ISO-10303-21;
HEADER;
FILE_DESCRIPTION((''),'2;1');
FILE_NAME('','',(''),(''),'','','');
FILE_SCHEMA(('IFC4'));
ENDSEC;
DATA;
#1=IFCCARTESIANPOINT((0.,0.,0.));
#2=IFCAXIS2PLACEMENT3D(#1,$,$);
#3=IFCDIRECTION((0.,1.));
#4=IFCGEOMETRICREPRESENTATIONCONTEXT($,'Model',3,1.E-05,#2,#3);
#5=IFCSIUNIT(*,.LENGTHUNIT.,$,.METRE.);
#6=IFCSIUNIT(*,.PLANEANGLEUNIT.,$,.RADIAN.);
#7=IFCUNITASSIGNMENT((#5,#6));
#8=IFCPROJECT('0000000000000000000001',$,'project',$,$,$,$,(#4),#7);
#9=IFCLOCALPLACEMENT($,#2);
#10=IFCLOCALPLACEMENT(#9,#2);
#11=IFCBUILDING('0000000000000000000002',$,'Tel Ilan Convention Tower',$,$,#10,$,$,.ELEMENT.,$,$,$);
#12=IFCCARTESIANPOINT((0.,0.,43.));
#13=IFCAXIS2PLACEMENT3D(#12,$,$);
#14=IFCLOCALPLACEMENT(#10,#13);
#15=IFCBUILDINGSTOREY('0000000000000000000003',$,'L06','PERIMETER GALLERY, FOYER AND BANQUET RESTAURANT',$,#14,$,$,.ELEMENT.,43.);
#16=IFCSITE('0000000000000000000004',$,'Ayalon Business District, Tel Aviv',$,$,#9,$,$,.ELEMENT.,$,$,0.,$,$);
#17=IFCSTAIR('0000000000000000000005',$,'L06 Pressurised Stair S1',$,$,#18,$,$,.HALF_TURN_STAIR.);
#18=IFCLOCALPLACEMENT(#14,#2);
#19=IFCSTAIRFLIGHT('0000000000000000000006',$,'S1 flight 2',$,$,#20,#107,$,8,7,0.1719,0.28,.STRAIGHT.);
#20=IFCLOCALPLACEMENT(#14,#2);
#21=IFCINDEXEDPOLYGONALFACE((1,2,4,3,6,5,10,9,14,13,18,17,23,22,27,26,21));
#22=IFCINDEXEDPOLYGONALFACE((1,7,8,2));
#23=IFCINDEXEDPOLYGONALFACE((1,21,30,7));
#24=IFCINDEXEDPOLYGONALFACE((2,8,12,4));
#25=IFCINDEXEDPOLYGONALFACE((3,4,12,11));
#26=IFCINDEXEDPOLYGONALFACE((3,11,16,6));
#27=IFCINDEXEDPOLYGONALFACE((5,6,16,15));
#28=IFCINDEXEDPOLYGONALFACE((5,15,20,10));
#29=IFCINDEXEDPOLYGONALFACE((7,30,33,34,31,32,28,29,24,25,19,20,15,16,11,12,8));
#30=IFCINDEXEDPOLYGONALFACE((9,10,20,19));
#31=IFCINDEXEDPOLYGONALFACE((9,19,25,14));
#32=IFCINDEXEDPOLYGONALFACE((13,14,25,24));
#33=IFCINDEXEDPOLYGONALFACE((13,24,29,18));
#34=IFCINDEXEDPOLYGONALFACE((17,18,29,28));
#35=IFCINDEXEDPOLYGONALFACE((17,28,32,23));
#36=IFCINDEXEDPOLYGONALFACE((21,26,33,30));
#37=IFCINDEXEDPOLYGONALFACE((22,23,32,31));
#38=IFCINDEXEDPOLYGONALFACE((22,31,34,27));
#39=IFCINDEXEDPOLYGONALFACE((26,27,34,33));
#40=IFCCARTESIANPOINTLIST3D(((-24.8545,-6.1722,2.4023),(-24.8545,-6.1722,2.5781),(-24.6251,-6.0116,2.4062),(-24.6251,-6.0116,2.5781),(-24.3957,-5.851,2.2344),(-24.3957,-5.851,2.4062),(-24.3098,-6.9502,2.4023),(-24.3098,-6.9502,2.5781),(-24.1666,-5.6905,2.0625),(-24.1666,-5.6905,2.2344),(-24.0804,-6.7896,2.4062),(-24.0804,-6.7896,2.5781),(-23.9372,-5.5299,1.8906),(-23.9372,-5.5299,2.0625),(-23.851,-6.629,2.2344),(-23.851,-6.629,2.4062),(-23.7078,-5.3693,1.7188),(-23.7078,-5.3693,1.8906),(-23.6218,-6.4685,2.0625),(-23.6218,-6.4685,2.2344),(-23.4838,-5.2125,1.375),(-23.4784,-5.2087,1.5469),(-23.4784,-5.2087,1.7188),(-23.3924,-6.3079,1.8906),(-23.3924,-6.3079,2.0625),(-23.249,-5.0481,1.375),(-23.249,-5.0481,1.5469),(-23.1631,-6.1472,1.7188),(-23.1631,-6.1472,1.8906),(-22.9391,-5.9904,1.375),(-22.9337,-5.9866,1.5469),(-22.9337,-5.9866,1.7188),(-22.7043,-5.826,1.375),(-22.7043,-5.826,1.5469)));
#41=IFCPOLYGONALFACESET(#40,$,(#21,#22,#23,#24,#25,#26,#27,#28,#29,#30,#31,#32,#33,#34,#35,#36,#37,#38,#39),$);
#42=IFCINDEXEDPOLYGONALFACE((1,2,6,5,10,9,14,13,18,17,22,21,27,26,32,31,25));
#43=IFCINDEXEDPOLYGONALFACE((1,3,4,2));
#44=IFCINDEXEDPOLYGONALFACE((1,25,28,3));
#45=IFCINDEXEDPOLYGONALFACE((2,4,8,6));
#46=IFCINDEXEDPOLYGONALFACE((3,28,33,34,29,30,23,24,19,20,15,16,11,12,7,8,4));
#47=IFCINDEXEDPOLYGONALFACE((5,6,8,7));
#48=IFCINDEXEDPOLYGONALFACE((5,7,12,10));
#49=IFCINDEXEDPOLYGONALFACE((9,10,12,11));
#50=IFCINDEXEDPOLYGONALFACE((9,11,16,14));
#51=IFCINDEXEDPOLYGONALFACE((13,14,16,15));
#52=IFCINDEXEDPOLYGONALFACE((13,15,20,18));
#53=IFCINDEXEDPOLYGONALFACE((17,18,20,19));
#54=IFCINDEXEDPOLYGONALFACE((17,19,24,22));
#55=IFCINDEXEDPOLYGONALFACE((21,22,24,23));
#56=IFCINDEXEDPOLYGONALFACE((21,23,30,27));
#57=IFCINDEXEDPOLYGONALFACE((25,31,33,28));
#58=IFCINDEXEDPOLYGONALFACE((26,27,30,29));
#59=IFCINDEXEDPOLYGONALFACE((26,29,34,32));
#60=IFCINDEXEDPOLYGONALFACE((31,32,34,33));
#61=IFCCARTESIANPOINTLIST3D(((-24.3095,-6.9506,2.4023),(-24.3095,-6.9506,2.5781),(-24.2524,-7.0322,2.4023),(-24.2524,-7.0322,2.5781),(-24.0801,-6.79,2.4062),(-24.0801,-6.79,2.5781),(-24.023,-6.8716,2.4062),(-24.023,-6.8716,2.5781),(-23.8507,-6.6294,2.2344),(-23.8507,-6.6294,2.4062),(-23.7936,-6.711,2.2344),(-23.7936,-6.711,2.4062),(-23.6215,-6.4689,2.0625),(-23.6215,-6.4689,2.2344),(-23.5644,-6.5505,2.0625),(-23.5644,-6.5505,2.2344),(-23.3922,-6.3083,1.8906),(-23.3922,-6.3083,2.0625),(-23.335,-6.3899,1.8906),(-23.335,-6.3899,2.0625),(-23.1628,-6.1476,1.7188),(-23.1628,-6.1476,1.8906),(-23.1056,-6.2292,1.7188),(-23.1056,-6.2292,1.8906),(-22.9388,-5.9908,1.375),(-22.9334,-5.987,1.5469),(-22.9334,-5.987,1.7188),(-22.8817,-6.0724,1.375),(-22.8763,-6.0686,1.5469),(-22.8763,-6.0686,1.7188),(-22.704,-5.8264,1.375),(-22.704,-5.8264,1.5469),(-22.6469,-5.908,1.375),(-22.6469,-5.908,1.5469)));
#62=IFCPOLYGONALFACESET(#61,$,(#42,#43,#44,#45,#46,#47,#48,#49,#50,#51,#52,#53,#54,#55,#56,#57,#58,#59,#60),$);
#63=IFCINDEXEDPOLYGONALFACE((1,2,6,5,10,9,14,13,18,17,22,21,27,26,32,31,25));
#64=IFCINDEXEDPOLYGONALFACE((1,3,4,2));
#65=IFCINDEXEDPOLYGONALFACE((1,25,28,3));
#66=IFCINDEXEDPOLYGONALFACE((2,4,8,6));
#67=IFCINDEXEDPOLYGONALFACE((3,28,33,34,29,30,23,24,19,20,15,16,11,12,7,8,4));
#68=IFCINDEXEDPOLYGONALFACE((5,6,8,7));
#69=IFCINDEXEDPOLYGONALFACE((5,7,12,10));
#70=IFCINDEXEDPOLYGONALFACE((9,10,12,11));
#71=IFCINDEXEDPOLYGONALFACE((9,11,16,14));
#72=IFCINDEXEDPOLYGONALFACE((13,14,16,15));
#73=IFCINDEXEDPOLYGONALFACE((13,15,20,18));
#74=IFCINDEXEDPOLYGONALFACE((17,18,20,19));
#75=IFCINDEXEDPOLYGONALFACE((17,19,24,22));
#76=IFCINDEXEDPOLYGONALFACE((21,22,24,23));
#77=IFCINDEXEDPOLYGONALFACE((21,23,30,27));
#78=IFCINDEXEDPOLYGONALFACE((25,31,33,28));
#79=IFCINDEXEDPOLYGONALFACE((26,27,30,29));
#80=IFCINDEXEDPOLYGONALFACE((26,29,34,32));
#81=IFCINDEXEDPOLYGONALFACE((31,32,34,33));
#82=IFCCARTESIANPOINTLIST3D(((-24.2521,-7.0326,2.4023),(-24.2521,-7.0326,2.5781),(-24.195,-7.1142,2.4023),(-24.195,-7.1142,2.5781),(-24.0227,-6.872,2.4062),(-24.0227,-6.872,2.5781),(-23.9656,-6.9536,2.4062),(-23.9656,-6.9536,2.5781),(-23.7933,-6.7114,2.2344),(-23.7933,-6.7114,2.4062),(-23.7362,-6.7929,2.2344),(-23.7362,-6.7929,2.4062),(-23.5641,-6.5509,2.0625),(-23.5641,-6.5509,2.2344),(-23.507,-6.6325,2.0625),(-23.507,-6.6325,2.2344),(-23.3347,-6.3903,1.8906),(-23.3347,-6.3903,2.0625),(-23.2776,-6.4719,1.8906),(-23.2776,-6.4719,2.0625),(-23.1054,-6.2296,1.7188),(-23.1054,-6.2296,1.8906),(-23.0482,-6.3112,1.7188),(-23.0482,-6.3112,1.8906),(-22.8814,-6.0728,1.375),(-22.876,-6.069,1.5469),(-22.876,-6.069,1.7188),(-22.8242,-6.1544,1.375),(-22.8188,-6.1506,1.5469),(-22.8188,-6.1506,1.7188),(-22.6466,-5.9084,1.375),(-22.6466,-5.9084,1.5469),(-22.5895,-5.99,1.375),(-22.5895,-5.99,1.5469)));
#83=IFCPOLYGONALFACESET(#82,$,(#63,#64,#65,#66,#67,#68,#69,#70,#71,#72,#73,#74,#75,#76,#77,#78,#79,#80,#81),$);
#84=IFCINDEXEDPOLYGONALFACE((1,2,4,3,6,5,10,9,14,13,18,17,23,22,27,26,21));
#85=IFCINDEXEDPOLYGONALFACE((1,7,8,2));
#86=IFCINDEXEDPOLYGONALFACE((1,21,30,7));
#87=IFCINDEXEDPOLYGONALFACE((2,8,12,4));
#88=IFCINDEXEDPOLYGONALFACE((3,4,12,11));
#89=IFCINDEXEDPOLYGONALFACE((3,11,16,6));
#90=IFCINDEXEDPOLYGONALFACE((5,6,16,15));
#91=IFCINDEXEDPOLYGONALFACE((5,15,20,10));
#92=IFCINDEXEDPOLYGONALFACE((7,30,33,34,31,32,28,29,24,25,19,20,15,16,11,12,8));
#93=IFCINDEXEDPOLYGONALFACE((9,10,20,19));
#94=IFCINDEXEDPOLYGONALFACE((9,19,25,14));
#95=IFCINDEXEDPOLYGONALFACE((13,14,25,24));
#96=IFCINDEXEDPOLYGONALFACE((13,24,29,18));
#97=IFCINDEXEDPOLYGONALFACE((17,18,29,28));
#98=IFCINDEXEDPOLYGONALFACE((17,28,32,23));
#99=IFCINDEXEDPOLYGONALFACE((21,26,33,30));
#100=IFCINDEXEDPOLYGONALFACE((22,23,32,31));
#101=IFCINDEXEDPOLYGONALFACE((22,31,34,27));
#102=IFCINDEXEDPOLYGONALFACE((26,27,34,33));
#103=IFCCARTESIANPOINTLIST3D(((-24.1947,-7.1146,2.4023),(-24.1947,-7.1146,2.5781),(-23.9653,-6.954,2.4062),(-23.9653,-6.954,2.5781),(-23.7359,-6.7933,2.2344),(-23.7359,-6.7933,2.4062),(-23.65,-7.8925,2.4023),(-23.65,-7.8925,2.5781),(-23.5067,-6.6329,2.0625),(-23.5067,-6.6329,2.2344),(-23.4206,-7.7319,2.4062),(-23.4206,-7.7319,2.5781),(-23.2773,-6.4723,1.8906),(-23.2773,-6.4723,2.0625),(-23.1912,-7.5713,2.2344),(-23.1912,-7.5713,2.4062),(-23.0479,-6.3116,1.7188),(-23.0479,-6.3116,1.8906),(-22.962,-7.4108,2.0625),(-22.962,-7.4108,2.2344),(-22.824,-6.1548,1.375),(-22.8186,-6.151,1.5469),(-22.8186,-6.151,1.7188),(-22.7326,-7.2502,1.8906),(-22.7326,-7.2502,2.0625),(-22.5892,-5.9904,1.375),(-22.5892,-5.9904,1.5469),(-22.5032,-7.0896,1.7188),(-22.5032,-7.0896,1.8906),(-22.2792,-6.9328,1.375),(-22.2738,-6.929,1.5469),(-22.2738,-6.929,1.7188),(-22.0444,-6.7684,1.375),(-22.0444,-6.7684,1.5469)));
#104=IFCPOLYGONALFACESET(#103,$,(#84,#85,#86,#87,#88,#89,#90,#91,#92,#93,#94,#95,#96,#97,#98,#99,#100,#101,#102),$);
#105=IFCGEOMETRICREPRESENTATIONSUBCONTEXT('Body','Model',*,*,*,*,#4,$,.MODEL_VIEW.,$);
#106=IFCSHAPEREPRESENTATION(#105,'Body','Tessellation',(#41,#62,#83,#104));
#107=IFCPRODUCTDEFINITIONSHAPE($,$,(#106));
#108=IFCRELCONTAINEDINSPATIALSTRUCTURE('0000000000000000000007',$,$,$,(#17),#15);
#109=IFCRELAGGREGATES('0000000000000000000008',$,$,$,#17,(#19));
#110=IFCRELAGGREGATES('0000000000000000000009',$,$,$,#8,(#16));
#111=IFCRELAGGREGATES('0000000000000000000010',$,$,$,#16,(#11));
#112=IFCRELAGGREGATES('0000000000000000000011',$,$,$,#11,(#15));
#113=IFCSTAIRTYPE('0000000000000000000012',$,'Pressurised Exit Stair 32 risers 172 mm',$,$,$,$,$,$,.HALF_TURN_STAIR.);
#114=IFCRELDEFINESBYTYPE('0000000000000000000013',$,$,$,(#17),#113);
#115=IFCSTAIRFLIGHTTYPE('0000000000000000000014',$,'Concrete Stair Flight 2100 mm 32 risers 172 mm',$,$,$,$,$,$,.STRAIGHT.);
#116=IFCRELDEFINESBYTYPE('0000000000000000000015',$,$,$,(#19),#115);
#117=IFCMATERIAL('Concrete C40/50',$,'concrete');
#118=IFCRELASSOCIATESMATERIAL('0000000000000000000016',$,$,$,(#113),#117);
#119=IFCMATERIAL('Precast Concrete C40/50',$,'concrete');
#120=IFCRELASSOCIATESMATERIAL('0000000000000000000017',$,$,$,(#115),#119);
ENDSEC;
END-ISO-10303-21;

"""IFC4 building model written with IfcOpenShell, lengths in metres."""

from ifc_helpers import new_model, si_unit, direction, frame, origin, place, context, subcontext, project, spatial, polyline, outline, extrude, material, type_object, element, aggregate, save


model = new_model("IFC4")

# Units and contexts
model_context = context("Model", 3, precision=1e-05, world=origin(), true_north=direction((0.0, 1.0)))
body_context = subcontext(model_context, "Body", "Model", "MODEL_VIEW")
ifc_project = project(units=[si_unit("LENGTHUNIT", "METRE"), si_unit("PLANEANGLEUNIT", "RADIAN")], contexts=[model_context])

# Site, building, storey
site_placement = place(None, origin())
site = spatial("IfcSite", under=ifc_project, at=site_placement, Name="Ayalon Business District, Tel Aviv", CompositionType="ELEMENT", RefElevation=0.0)
building_placement = place(site_placement, origin())
building = spatial("IfcBuilding", under=site, at=building_placement, Name="Tel Ilan Convention Tower", CompositionType="ELEMENT")
storey_placement = place(building_placement, frame((0.0, 0.0, 43.0)))
storey = spatial("IfcBuildingStorey", under=building, at=storey_placement, Name="L06", Description="PERIMETER GALLERY, FOYER AND BANQUET RESTAURANT", CompositionType="ELEMENT", Elevation=43.0)

# Stair, stair flight
ifc_material_1 = material(Name="Concrete C40/50", Category="concrete")
stair_type = type_object("IfcStairType", Name="Pressurised Exit Stair 32 risers 172 mm", PredefinedType="HALF_TURN_STAIR", material=ifc_material_1)
stair_1_placement = place(storey_placement, origin())
stair_1 = element("IfcStair", 1, at=stair_1_placement, inside=storey, type_object=stair_type, Name="L06 Pressurised Stair S1", PredefinedType="HALF_TURN_STAIR")
ifc_material_2 = material(Name="Precast Concrete C40/50", Category="concrete")
stair_flight_type = type_object("IfcStairFlightType", Name="Concrete Stair Flight 2100 mm 32 risers 172 mm", PredefinedType="STRAIGHT", material=ifc_material_2)
stair_flight_1_placement = place(storey_placement, frame((-22.6467, -5.9082, 1.375), z_axis=(0.0, 0.0, 1.0), x_axis=(-0.819152, -0.573576, 0.0)))
stair_flight_1 = element("IfcStairFlight", 2, at=stair_flight_1_placement, type_object=stair_flight_type, Name="S1 flight 2", NumberOfRisers=8, NumberOfTreads=7, PredefinedType="STRAIGHT", RiserHeight=0.1719, TreadLength=0.28, context=body_context, shape_type="SweptSolid", body=[
    extrude(outline(polyline([(0.0, 0.0), (0.0, 0.1719), (0.28, 0.1719), (0.28, 0.3438), (0.5601, 0.3438), (0.5601, 0.5156), (0.8401, 0.5156), (0.8401, 0.6875), (1.1201, 0.6875), (1.1201, 0.8594), (1.3999, 0.8594), (1.3999, 1.0312), (1.6799, 1.0312), (1.6799, 1.2031), (1.96, 1.2031), (1.96, 1.375), (1.96, 1.0273), (0.2866, 0.0), (0.0, 0.0)])), frame((0.0, -0.1003, 0.0), z_axis=(0.0, -1.0, 0.0), x_axis=(1.0, 0.0, 0.0)), (0.0, 0.0, 1.0), 0.9497),
    extrude(outline(polyline([(0.0, 0.0), (0.0, 0.1719), (0.28, 0.1719), (0.28, 0.3438), (0.5601, 0.3438), (0.5601, 0.5156), (0.8401, 0.5156), (0.8401, 0.6875), (1.1201, 0.6875), (1.1201, 0.8594), (1.3999, 0.8594), (1.3999, 1.0312), (1.6799, 1.0312), (1.6799, 1.2031), (1.96, 1.2031), (1.96, 1.375), (1.96, 1.0273), (0.2866, 0.0), (0.0, 0.0)])), frame((0.0, -0.0002, 0.0), z_axis=(0.0, -1.0, 0.0), x_axis=(1.0, 0.0, 0.0)), (0.0, 0.0, 1.0), 0.0996),
    extrude(outline(polyline([(0.0, 0.0), (0.0, 0.1719), (0.28, 0.1719), (0.28, 0.3438), (0.5601, 0.3438), (0.5601, 0.5156), (0.8401, 0.5156), (0.8401, 0.6875), (1.1201, 0.6875), (1.1201, 0.8594), (1.3999, 0.8594), (1.3999, 1.0312), (1.6799, 1.0312), (1.6799, 1.2031), (1.96, 1.2031), (1.96, 1.375), (1.96, 1.0273), (0.2866, 0.0), (0.0, 0.0)])), frame((0.0, 0.0999, 0.0), z_axis=(0.0, -1.0, 0.0), x_axis=(1.0, 0.0, 0.0)), (0.0, 0.0, 1.0), 0.0996),
    extrude(outline(polyline([(0.0, 0.0), (0.0, 0.1719), (0.28, 0.1719), (0.28, 0.3438), (0.5601, 0.3438), (0.5601, 0.5156), (0.8401, 0.5156), (0.8401, 0.6875), (1.1201, 0.6875), (1.1201, 0.8594), (1.3999, 0.8594), (1.3999, 1.0312), (1.6799, 1.0312), (1.6799, 1.2031), (1.96, 1.2031), (1.96, 1.375), (1.96, 1.0273), (0.2866, 0.0), (0.0, 0.0)])), frame((0.0, 1.05, 0.0), z_axis=(0.0, -1.0, 0.0), x_axis=(1.0, 0.0, 0.0)), (0.0, 0.0, 1.0), 0.9497),
])
aggregate(stair_1, [stair_flight_1])

save(model, "model.ifc")
